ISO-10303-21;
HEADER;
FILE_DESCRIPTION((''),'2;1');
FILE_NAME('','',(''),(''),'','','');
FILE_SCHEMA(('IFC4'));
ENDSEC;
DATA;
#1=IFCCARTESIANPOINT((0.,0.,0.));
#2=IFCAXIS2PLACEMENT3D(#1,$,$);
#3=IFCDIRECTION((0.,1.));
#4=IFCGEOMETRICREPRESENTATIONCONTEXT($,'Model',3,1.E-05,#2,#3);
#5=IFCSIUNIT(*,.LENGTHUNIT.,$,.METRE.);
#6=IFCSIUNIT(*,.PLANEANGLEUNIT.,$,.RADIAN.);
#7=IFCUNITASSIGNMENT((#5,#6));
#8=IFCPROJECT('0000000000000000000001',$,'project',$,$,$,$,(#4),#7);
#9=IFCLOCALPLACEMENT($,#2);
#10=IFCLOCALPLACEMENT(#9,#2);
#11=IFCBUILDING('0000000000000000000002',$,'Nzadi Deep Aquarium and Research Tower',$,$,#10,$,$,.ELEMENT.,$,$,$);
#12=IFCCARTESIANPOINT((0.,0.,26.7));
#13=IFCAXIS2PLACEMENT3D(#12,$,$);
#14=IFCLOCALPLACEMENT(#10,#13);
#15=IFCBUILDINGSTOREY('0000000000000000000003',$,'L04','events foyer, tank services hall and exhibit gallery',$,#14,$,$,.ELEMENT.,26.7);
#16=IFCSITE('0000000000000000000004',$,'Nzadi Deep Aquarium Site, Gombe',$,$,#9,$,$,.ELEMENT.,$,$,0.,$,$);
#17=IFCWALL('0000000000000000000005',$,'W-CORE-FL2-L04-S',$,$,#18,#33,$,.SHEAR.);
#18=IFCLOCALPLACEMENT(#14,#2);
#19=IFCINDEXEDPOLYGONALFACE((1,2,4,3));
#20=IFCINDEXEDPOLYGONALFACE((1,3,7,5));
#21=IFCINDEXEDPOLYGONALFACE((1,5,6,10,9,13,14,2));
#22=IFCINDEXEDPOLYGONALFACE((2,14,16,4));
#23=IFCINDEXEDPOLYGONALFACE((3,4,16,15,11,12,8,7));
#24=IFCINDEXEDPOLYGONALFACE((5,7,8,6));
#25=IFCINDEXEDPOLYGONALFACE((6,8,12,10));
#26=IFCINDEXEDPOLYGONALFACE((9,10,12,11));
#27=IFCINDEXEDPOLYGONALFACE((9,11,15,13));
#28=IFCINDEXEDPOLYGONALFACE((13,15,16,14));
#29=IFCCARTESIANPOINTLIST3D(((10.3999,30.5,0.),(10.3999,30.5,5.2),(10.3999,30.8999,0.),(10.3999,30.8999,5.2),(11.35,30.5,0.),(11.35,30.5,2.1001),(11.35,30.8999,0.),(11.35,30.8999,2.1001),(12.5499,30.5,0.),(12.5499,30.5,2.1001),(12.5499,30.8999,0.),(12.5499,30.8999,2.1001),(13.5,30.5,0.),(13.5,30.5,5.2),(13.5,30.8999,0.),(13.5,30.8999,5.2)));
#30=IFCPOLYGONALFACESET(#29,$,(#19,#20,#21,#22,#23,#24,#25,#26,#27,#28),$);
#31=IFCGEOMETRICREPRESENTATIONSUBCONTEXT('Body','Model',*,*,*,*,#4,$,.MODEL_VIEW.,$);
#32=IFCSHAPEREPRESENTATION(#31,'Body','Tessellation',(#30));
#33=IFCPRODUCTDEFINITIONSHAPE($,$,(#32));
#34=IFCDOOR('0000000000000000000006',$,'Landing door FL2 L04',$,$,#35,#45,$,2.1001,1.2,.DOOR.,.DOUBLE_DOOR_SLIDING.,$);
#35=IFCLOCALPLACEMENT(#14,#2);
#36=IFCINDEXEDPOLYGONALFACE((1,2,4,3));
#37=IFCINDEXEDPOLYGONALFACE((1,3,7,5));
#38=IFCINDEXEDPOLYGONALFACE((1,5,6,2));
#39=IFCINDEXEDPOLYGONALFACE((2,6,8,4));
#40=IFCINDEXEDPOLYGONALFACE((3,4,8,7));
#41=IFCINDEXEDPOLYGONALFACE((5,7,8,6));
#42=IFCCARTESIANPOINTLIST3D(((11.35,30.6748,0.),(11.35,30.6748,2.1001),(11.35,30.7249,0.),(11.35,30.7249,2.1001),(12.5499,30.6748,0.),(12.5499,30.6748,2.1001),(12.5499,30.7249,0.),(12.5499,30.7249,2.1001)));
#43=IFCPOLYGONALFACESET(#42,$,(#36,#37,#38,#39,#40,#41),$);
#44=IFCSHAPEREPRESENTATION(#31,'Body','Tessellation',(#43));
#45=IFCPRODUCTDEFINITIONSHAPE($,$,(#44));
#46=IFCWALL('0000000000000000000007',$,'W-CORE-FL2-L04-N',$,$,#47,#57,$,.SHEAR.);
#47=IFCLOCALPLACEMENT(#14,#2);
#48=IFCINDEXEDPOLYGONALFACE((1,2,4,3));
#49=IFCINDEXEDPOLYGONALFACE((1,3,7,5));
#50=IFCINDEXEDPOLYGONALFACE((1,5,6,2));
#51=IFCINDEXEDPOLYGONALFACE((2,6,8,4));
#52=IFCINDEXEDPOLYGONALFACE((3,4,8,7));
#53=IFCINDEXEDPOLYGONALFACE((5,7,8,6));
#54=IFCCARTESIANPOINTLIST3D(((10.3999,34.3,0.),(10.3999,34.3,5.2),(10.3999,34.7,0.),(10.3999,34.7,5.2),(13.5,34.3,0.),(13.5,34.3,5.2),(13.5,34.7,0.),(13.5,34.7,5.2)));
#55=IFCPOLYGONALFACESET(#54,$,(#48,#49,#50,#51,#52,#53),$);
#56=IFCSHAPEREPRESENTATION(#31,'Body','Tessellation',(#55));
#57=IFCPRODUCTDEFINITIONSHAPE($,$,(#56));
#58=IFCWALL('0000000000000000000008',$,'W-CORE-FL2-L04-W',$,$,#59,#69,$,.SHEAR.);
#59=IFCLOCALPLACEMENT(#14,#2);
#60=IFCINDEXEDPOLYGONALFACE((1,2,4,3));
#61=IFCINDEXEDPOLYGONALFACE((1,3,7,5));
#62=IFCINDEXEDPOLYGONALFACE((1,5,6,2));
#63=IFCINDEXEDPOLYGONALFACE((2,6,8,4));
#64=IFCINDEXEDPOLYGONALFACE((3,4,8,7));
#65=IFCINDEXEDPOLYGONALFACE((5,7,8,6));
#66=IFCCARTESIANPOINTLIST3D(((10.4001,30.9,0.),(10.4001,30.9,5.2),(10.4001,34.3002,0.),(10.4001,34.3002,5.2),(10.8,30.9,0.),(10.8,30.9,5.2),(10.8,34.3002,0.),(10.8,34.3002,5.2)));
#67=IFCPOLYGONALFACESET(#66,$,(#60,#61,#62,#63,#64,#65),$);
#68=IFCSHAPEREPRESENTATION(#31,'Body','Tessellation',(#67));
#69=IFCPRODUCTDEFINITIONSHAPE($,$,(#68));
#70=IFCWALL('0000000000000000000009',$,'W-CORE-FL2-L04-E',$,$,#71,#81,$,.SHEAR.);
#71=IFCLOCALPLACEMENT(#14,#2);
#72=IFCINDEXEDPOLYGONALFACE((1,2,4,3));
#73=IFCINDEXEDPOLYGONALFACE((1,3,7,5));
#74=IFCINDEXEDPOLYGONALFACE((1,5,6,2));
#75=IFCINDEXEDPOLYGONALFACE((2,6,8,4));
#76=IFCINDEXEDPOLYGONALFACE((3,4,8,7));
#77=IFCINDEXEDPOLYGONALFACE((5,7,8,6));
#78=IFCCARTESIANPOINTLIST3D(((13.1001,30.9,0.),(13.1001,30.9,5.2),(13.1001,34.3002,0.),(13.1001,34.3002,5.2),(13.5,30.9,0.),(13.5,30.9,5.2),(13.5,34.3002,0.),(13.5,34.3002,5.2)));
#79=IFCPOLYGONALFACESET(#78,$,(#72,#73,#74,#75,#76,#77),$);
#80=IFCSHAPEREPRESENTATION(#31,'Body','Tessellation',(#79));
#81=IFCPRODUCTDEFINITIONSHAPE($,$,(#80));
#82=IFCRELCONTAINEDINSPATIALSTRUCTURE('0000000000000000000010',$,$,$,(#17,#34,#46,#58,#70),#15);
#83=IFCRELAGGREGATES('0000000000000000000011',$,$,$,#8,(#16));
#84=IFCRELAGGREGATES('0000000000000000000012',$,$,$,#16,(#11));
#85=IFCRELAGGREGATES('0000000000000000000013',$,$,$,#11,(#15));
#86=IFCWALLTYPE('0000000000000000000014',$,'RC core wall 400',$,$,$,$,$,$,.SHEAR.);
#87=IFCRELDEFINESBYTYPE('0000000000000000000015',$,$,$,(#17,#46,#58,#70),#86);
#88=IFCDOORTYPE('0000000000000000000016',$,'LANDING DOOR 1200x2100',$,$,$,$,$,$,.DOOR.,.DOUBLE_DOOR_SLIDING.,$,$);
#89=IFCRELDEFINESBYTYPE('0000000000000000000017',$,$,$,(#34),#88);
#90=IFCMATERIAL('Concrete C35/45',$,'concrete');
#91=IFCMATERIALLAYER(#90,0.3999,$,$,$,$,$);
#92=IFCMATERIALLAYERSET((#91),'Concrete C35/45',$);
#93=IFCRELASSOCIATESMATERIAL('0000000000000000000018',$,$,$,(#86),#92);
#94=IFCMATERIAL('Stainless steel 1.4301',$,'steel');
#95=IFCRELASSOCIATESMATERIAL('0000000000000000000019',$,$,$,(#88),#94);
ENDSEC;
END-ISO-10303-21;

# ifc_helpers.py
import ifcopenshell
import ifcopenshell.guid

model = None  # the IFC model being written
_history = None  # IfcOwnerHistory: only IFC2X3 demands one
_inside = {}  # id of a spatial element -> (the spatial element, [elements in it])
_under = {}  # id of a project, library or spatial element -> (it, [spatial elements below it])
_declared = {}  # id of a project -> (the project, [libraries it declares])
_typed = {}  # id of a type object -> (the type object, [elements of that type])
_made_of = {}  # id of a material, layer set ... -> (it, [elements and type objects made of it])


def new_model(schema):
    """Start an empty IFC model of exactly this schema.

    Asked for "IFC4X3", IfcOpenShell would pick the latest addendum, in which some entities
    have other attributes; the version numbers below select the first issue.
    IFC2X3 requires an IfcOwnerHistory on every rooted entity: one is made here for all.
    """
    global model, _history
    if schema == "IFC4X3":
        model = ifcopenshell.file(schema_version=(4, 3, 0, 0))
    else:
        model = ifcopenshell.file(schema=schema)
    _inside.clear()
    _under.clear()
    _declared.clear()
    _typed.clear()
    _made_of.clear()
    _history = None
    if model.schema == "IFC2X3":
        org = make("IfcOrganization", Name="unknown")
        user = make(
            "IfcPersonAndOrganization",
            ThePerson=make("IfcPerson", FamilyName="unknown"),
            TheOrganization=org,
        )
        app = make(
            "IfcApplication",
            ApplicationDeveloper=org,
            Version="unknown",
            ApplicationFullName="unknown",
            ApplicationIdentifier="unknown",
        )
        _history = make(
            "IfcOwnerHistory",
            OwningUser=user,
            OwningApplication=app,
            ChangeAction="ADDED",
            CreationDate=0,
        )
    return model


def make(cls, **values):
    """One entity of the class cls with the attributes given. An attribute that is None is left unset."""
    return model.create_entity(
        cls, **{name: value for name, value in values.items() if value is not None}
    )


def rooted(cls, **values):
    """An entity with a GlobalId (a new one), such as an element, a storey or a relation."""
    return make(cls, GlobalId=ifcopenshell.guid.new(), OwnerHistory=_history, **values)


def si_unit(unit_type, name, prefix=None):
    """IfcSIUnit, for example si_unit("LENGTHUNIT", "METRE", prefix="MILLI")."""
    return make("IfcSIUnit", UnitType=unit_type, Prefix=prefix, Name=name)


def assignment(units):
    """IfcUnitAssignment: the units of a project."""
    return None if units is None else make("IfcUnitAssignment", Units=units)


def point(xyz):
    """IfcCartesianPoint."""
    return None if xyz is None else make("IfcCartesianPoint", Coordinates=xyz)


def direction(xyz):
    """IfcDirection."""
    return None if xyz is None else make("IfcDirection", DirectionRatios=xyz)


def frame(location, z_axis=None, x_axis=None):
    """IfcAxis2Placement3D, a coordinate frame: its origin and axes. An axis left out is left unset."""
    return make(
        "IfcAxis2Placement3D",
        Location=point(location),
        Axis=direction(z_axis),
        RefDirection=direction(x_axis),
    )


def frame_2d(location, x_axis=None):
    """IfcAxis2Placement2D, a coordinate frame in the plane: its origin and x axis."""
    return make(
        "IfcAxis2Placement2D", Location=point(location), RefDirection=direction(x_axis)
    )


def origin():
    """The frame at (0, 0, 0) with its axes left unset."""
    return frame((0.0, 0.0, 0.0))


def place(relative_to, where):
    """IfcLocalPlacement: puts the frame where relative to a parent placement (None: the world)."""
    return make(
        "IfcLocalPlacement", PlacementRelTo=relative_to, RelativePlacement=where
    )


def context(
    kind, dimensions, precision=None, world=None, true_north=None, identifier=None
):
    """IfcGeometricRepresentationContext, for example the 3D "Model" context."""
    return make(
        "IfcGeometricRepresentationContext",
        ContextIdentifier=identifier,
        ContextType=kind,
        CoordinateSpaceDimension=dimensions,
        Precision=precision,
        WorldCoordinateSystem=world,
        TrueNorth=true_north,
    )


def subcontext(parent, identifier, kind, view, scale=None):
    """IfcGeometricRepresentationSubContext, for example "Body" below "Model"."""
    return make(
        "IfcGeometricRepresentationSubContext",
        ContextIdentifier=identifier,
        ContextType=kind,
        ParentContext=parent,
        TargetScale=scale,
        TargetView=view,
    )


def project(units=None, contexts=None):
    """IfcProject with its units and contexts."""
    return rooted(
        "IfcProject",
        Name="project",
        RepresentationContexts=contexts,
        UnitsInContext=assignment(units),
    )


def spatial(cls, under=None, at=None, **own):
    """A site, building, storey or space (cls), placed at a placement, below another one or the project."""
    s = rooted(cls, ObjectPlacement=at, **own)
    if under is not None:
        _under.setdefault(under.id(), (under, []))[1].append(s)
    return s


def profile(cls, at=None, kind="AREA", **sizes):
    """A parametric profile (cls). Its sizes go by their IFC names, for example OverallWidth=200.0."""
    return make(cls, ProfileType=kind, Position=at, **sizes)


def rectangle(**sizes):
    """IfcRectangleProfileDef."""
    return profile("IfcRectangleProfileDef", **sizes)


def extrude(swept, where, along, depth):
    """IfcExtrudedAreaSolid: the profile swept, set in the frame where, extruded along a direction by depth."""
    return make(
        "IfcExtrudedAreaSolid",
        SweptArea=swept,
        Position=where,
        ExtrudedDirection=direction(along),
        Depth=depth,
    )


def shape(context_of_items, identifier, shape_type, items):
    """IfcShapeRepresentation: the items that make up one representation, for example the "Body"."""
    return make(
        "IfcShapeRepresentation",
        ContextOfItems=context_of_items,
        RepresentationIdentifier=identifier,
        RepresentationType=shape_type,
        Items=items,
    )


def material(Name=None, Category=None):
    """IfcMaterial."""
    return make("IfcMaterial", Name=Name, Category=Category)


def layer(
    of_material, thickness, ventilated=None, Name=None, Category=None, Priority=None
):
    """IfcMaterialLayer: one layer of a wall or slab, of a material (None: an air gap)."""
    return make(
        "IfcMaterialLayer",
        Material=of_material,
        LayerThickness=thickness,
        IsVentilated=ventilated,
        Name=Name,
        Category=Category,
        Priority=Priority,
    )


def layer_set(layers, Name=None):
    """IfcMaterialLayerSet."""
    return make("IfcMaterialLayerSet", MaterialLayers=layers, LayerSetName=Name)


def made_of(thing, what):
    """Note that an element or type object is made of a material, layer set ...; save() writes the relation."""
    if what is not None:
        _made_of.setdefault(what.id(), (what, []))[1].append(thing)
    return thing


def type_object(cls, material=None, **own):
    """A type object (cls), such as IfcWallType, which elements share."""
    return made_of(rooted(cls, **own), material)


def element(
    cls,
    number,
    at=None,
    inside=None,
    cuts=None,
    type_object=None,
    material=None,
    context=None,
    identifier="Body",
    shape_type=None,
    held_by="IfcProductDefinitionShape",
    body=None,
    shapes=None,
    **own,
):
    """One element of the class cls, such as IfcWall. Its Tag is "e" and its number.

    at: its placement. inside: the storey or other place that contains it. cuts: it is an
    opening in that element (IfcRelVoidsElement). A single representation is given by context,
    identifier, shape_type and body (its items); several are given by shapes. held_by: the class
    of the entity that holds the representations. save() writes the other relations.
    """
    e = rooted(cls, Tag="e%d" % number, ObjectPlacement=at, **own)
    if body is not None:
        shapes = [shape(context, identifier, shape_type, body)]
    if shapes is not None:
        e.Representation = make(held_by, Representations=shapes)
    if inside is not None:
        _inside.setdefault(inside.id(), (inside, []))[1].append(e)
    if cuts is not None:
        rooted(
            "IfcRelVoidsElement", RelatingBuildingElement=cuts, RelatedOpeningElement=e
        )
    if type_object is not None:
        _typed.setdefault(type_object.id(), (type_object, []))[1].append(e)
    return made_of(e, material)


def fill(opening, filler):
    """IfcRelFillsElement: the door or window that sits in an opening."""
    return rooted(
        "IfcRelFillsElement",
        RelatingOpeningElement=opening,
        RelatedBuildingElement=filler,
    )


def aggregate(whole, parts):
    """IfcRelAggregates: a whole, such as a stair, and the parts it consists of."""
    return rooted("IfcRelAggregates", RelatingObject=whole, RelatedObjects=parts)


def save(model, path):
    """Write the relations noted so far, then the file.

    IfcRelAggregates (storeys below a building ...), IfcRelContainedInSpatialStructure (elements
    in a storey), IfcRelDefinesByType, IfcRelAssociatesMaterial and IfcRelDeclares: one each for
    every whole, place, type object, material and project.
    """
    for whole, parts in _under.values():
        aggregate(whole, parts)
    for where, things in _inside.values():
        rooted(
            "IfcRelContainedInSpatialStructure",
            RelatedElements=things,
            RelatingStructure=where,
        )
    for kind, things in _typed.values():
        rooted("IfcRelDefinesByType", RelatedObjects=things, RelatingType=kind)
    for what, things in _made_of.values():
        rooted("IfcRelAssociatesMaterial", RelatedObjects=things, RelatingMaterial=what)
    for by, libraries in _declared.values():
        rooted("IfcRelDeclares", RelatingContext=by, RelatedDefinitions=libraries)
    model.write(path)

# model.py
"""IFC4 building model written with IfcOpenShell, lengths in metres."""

from ifc_helpers import new_model, si_unit, direction, frame, frame_2d, origin, place, context, subcontext, project, spatial, rectangle, extrude, material, layer, layer_set, type_object, element, fill, save


model = new_model("IFC4")

# Units and contexts
model_context = context("Model", 3, precision=1e-05, world=origin(), true_north=direction((0.0, 1.0)))
body_context = subcontext(model_context, "Body", "Model", "MODEL_VIEW")
ifc_project = project(units=[si_unit("LENGTHUNIT", "METRE"), si_unit("PLANEANGLEUNIT", "RADIAN")], contexts=[model_context])

# Site, building, storey
site_placement = place(None, origin())
site = spatial("IfcSite", under=ifc_project, at=site_placement, Name="Nzadi Deep Aquarium Site, Gombe", CompositionType="ELEMENT", RefElevation=0.0)
building_placement = place(site_placement, origin())
building = spatial("IfcBuilding", under=site, at=building_placement, Name="Nzadi Deep Aquarium and Research Tower", CompositionType="ELEMENT")
storey_placement = place(building_placement, frame((0.0, 0.0, 26.7)))
storey = spatial("IfcBuildingStorey", under=building, at=storey_placement, Name="L04", Description="events foyer, tank services hall and exhibit gallery", CompositionType="ELEMENT", Elevation=26.7)

# Shared definitions
ifc_material_1 = material(Name="Concrete C35/45", Category="concrete")
ifc_layer_1 = layer(ifc_material_1, 0.3999)
ifc_layer_set_1 = layer_set([ifc_layer_1], Name="Concrete C35/45")
wall_type_1 = type_object("IfcWallType", Name="RC core wall 400", PredefinedType="SHEAR", material=ifc_layer_set_1)

# Wall, opening, door
wall_1_placement = place(storey_placement, frame((10.3999, 30.7, 0.0), z_axis=(0.0, 0.0, 1.0), x_axis=(1.0, 0.0, 0.0)))
wall_1 = element("IfcWall", 1, at=wall_1_placement, inside=storey, type_object=wall_type_1, Name="W-CORE-FL2-L04-S", PredefinedType="SHEAR", context=body_context, shape_type="SweptSolid", body=[
    extrude(rectangle(XDim=3.1001, YDim=0.3999, at=frame_2d((1.55, 0.0))), origin(), (0.0, 0.0, 1.0), 5.2),
])
opening_1_placement = place(wall_1_placement, frame((0.95, 0.0, 0.0)))
opening_1 = element("IfcOpeningElement", 2, at=opening_1_placement, cuts=wall_1, PredefinedType="OPENING", context=body_context, shape_type="SweptSolid", body=[
    extrude(rectangle(XDim=1.2, YDim=2.1001, at=frame_2d((0.6001, 1.05))), frame((0.0, 0.21, 0.0), z_axis=(0.0, -1.0, 0.0), x_axis=(1.0, 0.0, 0.0)), (0.0, 0.0, 1.0), 0.4199),
])
ifc_material_2 = material(Name="Stainless steel 1.4301", Category="steel")
door_type_1 = type_object("IfcDoorType", Name="LANDING DOOR 1200x2100", OperationType="DOUBLE_DOOR_SLIDING", PredefinedType="DOOR", material=ifc_material_2)
door_1_placement = place(opening_1_placement, origin())
door_1 = element("IfcDoor", 3, at=door_1_placement, inside=storey, type_object=door_type_1, Name="Landing door FL2 L04", OperationType="DOUBLE_DOOR_SLIDING", OverallHeight=2.1001, OverallWidth=1.2, PredefinedType="DOOR", context=body_context, shape_type="SweptSolid", body=[
    extrude(rectangle(XDim=1.2, YDim=2.1001, at=frame_2d((0.6001, 1.05))), frame((0.0, 0.0249, 0.0), z_axis=(0.0, -1.0, 0.0), x_axis=(1.0, 0.0, 0.0)), (0.0, 0.0, 1.0), 0.05),
])
fill(opening_1, door_1)

# Walls
wall_2_placement = place(storey_placement, frame((10.3999, 34.5, 0.0), z_axis=(0.0, 0.0, 1.0), x_axis=(1.0, 0.0, 0.0)))
element("IfcWall", 4, at=wall_2_placement, inside=storey, type_object=wall_type_1, Name="W-CORE-FL2-L04-N", PredefinedType="SHEAR", context=body_context, shape_type="SweptSolid", body=[
    extrude(rectangle(XDim=3.1001, YDim=0.3999, at=frame_2d((1.55, 0.0))), origin(), (0.0, 0.0, 1.0), 5.2),
])
for number, where, z_axis, x_axis, name in (
    (5, (10.6001, 30.8999, 0.0), (0.0, 0.0, 1.0), (0.0, 1.0, 0.0), "W-CORE-FL2-L04-W"),
    (6, (13.3, 30.8999, 0.0), (0.0, 0.0, 1.0), (0.0, 1.0, 0.0), "W-CORE-FL2-L04-E"),
):
    element("IfcWall", number, at=place(storey_placement, frame(where, z_axis=z_axis, x_axis=x_axis)), inside=storey, type_object=wall_type_1, Name=name, PredefinedType="SHEAR", context=body_context, shape_type="SweptSolid", body=[
        extrude(rectangle(XDim=3.4001, YDim=0.3999, at=frame_2d((1.7002, 0.0))), origin(), (0.0, 0.0, 1.0), 5.2),
    ])

save(model, "model.ifc")
